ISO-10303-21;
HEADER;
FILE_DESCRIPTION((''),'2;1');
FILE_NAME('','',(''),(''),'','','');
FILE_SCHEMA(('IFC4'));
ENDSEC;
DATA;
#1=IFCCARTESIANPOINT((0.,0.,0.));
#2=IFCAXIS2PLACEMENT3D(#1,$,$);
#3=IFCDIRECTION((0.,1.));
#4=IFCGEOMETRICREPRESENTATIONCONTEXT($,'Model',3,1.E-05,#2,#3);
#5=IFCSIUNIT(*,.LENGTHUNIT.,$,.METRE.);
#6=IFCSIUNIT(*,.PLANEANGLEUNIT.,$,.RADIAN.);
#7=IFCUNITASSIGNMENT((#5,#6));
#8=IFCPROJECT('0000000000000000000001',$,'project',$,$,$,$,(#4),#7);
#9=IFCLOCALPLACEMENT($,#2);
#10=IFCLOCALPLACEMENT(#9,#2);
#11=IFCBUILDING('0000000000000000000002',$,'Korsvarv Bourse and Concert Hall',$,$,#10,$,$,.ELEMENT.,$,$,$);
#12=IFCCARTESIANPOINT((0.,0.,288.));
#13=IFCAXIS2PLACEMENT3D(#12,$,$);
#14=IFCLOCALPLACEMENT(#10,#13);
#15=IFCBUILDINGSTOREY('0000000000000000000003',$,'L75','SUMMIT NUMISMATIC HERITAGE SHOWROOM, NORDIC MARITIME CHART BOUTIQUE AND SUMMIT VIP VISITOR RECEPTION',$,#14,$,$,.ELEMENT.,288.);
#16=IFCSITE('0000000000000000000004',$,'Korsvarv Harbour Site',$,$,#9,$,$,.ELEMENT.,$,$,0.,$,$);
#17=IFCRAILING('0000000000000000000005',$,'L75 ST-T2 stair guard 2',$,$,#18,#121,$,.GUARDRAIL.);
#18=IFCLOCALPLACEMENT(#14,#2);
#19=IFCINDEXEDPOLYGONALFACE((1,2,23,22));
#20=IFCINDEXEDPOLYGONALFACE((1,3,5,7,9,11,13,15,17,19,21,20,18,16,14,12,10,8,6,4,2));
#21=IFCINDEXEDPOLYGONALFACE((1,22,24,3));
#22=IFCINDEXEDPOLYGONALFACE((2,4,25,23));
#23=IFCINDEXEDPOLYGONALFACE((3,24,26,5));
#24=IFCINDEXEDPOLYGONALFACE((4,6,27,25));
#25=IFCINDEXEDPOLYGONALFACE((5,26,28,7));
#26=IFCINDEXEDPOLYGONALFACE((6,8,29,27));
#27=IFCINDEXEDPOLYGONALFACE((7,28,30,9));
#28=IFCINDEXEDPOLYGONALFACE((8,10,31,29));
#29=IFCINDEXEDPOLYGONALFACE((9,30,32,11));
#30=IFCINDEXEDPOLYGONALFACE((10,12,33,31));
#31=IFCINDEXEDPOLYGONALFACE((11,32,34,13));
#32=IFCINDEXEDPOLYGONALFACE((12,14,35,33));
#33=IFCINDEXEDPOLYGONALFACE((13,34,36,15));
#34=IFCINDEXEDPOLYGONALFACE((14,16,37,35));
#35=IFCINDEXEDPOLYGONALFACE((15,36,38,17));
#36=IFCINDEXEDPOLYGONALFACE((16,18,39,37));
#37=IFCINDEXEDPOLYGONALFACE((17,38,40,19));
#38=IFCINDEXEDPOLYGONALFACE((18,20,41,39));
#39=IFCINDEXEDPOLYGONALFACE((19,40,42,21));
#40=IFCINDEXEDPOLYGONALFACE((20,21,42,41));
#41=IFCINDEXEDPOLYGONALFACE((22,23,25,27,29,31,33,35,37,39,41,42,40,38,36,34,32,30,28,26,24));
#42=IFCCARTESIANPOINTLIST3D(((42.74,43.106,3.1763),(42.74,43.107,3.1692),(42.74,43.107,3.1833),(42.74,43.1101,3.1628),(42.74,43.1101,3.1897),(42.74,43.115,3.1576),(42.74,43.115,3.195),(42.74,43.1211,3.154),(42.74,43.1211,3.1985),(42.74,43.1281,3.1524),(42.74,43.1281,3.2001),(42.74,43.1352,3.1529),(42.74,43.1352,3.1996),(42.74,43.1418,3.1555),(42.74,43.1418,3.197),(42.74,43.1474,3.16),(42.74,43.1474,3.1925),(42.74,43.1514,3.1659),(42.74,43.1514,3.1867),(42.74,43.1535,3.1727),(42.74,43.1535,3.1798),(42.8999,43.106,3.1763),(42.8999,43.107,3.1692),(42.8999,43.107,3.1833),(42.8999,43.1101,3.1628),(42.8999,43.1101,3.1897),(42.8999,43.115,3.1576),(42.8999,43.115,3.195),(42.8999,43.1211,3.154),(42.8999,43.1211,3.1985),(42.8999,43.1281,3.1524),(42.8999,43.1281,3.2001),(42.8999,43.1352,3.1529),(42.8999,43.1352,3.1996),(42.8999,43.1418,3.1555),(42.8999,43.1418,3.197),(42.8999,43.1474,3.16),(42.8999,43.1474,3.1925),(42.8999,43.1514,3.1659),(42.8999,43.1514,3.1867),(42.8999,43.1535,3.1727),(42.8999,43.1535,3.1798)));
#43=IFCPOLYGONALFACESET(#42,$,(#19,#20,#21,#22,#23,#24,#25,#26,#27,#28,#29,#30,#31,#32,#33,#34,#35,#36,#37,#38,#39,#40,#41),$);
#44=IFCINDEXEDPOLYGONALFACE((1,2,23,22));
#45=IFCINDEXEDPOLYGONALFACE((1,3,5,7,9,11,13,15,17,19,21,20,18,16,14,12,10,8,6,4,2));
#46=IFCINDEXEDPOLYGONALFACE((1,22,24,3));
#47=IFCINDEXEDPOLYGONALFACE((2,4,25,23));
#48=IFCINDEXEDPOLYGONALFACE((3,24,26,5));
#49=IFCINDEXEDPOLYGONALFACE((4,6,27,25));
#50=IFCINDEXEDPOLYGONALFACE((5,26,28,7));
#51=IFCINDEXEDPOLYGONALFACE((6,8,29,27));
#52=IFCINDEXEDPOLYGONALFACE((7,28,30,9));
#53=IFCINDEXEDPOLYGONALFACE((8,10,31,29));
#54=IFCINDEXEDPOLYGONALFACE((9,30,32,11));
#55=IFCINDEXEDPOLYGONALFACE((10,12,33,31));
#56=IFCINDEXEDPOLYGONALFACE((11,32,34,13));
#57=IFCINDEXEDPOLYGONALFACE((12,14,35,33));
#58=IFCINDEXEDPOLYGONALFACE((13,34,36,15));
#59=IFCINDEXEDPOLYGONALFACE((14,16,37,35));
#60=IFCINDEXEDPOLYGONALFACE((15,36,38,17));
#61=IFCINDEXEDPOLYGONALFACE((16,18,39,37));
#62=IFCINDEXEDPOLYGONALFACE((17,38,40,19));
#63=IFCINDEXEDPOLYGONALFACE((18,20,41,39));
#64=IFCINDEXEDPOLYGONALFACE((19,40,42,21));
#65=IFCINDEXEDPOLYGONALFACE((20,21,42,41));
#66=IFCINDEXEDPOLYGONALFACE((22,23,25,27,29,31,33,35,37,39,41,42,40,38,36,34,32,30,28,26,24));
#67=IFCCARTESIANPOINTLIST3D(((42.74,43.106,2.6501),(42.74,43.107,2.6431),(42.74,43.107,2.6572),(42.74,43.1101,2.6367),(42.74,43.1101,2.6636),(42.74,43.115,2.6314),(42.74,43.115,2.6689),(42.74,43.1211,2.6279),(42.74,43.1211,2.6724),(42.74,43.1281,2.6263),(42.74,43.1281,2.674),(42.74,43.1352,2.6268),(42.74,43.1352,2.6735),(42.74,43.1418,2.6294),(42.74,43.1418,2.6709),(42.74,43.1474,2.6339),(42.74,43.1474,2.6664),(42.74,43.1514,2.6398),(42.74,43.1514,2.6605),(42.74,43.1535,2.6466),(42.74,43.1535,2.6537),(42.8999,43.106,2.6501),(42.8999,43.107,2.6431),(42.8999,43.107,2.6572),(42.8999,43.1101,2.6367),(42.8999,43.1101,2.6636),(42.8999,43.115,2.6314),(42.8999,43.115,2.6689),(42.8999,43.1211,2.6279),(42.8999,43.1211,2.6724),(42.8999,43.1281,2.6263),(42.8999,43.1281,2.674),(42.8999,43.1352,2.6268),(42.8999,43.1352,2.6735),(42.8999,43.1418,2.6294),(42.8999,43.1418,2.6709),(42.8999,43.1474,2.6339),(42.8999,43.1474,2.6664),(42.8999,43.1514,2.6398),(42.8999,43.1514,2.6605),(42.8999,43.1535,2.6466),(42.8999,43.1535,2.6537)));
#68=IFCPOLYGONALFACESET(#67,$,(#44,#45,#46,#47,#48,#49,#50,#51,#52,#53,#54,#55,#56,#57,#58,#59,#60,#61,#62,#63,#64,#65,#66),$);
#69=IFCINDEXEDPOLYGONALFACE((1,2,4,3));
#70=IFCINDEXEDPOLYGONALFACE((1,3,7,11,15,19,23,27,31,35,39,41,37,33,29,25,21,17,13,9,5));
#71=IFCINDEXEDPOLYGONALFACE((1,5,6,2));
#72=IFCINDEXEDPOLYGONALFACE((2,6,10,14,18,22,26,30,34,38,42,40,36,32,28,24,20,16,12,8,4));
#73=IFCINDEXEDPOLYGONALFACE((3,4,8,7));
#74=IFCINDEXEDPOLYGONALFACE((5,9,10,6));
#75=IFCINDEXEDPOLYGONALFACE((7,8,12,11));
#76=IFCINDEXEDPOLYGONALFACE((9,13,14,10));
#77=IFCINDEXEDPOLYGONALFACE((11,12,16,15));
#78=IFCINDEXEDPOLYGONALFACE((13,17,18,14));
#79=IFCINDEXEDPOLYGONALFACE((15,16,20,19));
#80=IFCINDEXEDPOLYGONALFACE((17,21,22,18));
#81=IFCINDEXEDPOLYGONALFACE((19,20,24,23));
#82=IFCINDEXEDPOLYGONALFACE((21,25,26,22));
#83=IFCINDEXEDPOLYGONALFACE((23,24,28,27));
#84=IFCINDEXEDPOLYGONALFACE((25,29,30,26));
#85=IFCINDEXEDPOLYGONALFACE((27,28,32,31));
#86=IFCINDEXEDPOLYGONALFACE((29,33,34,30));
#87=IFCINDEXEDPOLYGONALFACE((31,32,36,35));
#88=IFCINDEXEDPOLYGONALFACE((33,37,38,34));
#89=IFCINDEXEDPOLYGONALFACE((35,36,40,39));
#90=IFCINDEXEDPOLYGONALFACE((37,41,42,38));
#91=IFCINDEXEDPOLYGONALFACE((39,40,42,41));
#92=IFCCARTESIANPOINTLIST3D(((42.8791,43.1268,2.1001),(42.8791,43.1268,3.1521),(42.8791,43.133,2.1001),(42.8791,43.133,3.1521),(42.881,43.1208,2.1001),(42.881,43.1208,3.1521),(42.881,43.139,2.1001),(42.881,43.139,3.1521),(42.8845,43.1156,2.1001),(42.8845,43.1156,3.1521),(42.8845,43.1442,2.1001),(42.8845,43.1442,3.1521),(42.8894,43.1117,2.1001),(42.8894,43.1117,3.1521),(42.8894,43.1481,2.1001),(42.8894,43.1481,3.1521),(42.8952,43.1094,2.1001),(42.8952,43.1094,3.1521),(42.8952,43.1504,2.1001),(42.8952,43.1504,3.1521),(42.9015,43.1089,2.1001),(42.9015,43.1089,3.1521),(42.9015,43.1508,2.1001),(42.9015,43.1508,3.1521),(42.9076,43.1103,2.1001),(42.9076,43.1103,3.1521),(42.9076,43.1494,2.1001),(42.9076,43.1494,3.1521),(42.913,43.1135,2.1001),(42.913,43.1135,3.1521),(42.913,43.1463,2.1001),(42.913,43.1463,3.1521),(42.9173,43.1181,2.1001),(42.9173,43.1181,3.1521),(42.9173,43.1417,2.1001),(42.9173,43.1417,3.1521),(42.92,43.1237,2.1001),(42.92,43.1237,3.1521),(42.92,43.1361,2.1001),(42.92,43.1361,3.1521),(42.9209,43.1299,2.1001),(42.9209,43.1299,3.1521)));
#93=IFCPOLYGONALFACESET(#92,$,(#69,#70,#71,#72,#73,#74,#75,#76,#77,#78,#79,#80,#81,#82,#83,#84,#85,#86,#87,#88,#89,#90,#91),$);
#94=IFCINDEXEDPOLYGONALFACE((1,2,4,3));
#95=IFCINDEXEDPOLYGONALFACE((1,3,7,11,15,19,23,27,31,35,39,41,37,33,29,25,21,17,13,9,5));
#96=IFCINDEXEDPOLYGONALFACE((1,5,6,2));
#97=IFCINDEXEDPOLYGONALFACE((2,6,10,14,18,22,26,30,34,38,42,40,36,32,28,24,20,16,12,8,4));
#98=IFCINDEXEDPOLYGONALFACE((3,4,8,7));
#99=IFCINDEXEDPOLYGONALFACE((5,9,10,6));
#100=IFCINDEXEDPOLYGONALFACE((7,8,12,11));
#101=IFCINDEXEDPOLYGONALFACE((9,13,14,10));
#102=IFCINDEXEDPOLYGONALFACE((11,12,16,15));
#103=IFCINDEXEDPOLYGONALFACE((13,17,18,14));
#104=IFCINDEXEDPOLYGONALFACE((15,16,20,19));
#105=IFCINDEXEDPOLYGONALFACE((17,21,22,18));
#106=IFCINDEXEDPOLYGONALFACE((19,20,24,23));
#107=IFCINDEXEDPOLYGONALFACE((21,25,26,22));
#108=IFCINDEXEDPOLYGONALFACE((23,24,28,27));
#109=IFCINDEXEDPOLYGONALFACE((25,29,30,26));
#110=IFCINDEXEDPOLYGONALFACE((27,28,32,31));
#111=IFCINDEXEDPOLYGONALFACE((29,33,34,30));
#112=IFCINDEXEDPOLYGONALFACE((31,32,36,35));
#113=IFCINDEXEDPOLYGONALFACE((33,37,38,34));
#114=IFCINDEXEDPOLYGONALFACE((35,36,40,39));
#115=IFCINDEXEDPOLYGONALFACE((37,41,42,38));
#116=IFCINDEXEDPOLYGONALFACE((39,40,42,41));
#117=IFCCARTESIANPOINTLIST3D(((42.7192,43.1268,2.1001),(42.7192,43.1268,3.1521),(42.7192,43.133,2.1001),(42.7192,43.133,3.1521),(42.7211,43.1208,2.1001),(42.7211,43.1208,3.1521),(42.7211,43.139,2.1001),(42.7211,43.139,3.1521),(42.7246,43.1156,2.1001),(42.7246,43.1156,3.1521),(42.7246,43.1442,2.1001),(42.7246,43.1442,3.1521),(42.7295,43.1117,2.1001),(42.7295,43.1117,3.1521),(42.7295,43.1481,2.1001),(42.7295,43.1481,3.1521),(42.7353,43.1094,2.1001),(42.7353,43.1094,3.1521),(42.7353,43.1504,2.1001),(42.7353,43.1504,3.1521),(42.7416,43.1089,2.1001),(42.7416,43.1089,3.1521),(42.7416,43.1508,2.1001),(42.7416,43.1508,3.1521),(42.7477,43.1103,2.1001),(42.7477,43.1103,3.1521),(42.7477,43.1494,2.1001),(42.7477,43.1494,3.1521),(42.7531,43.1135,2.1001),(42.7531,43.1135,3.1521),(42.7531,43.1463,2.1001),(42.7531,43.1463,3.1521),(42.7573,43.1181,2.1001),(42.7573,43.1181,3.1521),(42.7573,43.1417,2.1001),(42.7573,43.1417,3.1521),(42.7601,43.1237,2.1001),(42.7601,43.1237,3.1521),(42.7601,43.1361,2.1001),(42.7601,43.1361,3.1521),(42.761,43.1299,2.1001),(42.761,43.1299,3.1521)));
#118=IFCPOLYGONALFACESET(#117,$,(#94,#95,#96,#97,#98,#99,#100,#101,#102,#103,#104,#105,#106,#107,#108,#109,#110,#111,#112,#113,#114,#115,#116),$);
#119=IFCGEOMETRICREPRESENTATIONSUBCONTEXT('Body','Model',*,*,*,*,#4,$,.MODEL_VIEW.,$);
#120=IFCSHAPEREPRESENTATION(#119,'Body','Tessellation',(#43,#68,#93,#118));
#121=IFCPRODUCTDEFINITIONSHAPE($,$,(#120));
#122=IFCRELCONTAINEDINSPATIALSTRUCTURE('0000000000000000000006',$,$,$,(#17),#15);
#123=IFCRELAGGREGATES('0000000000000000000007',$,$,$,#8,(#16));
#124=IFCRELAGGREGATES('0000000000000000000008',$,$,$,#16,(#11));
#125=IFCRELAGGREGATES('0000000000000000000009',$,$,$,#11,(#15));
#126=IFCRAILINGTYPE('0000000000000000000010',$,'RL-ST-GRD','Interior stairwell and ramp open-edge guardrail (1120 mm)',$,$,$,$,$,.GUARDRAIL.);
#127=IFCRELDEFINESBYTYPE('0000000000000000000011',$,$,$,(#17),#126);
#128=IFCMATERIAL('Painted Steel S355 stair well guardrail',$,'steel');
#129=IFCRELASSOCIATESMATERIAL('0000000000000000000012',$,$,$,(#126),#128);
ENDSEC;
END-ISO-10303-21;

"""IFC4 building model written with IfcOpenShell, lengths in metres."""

from ifc_helpers import new_model, si_unit, direction, frame, origin, origin_2d, place, context, subcontext, project, spatial, circle, extrude, material, type_object, element, save


model = new_model("IFC4")

# Units and contexts
model_context = context("Model", 3, precision=1e-05, world=origin(), true_north=direction((0.0, 1.0)))
body_context = subcontext(model_context, "Body", "Model", "MODEL_VIEW")
ifc_project = project(units=[si_unit("LENGTHUNIT", "METRE"), si_unit("PLANEANGLEUNIT", "RADIAN")], contexts=[model_context])

# Site, building, storey
site_placement = place(None, origin())
site = spatial("IfcSite", under=ifc_project, at=site_placement, Name="Korsvarv Harbour Site", CompositionType="ELEMENT", RefElevation=0.0)
building_placement = place(site_placement, origin())
building = spatial("IfcBuilding", under=site, at=building_placement, Name="Korsvarv Bourse and Concert Hall", CompositionType="ELEMENT")
storey_placement = place(building_placement, frame((0.0, 0.0, 288.0)))
storey = spatial("IfcBuildingStorey", under=building, at=storey_placement, Name="L75", Description="SUMMIT NUMISMATIC HERITAGE SHOWROOM, NORDIC MARITIME CHART BOUTIQUE AND SUMMIT VIP VISITOR RECEPTION", CompositionType="ELEMENT", Elevation=288.0)

# Railing
ifc_material_1 = material(Name="Painted Steel S355 stair well guardrail", Category="steel")
railing_type_1 = type_object("IfcRailingType", Name="RL-ST-GRD", Description="Interior stairwell and ramp open-edge guardrail (1120 mm)", PredefinedType="GUARDRAIL", material=ifc_material_1)
railing_1_placement = place(storey_placement, frame((42.8999, 43.1299, 2.1001)))
element("IfcRailing", 1, at=railing_1_placement, inside=storey, type_object=railing_type_1, Name="L75 ST-T2 stair guard 2", PredefinedType="GUARDRAIL", context=body_context, shape_type="SweptSolid", body=[
    extrude(circle(Radius=0.0239, at=origin_2d()), frame((0.0, 0.0, 1.0762), z_axis=(-1.0, 0.0, 0.0), x_axis=(0.0, -1.0, 0.0)), (0.0, 0.0, 1.0), 0.1599),
    extrude(circle(Radius=0.0239, at=origin_2d()), frame((0.0, 0.0, 0.55), z_axis=(-1.0, 0.0, 0.0), x_axis=(0.0, -1.0, 0.0)), (0.0, 0.0, 1.0), 0.1599),
    extrude(circle(Radius=0.021, at=origin_2d()), origin(), (0.0, 0.0, 1.0), 1.052),
    extrude(circle(Radius=0.021, at=origin_2d()), frame((-0.1599, 0.0, 0.0)), (0.0, 0.0, 1.0), 1.052),
])

save(model, "model.ifc")
